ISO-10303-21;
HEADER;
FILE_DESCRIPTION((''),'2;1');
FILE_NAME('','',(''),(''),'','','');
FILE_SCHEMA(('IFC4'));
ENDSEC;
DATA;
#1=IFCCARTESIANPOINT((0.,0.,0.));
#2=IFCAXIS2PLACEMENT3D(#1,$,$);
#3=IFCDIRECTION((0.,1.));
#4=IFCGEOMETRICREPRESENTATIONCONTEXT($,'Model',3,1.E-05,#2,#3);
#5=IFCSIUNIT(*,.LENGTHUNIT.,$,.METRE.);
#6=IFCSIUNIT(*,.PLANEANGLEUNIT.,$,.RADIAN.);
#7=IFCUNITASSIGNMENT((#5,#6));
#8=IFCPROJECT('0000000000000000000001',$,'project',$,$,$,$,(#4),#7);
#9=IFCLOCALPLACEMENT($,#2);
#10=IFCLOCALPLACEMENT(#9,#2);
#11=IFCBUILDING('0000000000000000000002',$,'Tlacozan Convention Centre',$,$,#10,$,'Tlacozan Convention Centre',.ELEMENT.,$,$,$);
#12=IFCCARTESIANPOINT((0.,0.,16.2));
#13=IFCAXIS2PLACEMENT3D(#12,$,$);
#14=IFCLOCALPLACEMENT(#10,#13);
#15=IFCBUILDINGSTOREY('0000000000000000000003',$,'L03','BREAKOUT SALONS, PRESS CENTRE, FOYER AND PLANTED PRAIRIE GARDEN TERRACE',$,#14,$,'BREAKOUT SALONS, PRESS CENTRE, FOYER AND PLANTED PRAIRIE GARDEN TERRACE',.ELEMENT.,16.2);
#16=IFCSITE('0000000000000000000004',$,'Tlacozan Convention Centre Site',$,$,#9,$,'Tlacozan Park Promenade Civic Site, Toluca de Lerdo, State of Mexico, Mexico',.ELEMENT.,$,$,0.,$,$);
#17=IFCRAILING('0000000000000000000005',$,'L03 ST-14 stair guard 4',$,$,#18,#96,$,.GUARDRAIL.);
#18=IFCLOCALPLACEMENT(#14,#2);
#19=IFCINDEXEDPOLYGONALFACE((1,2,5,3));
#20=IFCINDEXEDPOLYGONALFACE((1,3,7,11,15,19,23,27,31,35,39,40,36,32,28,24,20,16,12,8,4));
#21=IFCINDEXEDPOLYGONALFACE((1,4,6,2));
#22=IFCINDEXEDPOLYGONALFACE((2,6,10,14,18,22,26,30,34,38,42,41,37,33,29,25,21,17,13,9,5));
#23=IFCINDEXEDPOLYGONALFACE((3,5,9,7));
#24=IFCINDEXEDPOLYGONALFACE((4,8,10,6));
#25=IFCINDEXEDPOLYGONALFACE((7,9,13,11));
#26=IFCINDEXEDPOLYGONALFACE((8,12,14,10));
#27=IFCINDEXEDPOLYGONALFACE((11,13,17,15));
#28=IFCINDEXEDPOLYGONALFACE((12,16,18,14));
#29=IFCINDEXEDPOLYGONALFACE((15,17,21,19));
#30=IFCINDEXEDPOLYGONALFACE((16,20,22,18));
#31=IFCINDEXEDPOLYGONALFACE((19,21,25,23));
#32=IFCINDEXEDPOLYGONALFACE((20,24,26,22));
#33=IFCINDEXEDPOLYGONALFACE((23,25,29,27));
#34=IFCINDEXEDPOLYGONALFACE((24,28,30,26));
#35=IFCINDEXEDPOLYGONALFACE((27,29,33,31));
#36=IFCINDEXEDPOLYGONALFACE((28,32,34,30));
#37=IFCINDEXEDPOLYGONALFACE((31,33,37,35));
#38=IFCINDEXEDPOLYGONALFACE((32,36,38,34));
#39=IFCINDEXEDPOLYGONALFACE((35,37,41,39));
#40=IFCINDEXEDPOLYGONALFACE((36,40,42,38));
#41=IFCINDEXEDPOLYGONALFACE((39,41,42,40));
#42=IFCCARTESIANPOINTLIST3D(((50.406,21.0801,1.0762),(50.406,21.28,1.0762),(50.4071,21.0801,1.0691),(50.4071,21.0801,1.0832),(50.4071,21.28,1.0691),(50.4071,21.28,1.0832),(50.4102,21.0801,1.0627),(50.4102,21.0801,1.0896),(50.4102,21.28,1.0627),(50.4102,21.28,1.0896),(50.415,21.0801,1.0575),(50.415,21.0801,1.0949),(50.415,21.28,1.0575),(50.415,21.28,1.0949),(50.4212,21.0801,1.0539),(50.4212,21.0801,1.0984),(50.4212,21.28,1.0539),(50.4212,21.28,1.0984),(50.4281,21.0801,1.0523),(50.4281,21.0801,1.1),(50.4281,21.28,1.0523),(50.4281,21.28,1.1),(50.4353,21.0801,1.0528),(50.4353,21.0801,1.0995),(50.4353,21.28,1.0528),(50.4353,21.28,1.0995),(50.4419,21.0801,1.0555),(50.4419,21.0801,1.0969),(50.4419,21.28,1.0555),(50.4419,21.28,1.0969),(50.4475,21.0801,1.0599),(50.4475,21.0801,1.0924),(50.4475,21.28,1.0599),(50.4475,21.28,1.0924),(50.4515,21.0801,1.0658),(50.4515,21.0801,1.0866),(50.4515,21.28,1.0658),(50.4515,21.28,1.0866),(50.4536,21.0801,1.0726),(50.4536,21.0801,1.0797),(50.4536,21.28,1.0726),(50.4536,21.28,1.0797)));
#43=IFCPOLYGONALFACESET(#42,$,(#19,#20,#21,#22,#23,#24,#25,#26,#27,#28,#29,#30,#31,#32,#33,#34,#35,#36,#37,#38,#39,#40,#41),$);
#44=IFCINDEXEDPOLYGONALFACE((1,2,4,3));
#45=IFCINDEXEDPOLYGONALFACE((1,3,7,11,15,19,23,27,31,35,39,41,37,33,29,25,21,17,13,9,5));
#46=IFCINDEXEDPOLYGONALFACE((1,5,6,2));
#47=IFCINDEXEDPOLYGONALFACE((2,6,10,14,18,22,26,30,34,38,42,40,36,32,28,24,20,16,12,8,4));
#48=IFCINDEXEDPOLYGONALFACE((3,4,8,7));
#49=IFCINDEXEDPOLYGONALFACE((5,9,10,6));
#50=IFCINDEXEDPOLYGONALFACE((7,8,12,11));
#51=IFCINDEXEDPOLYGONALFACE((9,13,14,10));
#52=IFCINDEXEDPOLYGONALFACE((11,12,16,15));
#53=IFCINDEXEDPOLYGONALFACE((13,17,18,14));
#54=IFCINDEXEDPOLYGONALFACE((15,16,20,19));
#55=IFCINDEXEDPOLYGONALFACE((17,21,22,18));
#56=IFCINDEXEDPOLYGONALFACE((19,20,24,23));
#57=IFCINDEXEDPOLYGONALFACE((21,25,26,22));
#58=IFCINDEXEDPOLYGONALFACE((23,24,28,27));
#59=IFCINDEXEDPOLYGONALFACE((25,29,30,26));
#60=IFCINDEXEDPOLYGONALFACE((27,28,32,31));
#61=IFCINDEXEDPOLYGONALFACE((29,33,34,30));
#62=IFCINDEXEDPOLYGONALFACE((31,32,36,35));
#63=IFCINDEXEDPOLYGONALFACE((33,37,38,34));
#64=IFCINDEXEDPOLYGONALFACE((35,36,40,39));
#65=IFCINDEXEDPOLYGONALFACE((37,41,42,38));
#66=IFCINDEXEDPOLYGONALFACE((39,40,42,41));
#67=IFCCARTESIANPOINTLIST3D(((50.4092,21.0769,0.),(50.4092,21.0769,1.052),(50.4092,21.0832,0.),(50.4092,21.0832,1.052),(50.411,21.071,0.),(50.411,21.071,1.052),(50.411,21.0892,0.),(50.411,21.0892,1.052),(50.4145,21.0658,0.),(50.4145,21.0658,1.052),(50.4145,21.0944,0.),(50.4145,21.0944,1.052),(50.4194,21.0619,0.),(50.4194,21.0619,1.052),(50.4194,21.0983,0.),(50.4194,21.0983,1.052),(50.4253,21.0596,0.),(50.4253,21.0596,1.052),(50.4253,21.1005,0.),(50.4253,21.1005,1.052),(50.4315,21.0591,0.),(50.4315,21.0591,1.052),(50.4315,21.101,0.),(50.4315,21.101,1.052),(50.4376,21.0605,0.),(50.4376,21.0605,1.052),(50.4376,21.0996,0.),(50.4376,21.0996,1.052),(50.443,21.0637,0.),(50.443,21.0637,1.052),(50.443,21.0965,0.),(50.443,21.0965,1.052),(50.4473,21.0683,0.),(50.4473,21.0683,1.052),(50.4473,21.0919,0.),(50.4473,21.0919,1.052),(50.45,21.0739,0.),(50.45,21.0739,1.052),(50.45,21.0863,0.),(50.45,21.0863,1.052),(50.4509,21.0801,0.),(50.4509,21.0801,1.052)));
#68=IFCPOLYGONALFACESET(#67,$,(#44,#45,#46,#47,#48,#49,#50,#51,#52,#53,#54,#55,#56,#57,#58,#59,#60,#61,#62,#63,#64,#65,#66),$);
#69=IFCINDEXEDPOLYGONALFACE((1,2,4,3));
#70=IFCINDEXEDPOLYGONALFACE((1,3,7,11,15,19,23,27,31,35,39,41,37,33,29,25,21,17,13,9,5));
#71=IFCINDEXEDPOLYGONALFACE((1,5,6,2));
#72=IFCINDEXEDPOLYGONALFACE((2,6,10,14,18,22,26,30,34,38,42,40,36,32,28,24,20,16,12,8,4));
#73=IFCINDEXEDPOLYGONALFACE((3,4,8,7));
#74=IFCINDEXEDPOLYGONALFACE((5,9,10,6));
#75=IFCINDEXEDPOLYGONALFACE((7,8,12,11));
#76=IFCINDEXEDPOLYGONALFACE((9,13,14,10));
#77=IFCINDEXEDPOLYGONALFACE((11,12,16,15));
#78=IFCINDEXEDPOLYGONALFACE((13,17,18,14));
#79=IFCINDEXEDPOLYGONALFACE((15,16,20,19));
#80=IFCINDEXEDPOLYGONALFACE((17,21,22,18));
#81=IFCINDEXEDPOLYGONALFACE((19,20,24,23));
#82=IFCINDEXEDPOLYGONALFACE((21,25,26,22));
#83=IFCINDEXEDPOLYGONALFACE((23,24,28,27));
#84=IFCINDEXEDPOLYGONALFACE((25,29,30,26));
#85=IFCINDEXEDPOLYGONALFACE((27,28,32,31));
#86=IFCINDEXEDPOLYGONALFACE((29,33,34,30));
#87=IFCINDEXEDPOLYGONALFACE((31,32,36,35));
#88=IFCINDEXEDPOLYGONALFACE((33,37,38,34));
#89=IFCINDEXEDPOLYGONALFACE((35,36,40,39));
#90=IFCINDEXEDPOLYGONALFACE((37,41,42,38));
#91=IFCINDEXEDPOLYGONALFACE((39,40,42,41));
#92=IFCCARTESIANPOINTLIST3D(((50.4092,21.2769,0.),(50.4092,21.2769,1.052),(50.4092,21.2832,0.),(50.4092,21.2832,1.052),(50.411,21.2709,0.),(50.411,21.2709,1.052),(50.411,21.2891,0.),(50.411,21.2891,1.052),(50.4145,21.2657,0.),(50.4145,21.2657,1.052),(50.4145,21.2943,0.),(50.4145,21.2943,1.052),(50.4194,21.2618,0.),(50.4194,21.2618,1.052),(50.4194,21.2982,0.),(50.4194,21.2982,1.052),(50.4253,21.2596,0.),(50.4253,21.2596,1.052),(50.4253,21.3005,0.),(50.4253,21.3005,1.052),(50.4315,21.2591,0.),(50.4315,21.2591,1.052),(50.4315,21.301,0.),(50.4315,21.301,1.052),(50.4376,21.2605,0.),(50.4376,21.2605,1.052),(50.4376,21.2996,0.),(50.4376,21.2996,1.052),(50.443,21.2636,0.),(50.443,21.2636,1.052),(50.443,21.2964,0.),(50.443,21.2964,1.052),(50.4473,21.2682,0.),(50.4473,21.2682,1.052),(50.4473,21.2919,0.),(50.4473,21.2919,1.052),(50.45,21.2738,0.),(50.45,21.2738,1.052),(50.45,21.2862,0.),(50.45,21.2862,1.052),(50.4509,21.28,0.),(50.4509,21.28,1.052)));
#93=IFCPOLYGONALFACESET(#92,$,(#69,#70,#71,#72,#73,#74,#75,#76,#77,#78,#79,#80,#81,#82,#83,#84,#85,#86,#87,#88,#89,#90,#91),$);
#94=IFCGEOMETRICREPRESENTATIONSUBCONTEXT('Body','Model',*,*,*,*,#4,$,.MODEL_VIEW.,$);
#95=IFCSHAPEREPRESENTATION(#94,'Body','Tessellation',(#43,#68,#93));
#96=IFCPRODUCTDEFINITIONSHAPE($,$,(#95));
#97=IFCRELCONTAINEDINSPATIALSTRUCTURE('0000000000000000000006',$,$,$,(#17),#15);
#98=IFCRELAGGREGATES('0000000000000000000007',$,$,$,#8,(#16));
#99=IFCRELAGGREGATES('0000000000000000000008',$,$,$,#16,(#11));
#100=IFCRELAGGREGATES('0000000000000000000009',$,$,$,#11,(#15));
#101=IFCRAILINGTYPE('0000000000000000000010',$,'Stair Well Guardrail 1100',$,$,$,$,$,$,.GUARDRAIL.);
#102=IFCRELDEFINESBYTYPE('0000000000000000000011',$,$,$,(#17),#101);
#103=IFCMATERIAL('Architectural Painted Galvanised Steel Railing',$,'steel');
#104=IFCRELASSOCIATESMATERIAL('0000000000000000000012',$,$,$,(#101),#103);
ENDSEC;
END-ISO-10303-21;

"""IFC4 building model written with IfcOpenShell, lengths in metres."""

from ifc_helpers import new_model, si_unit, direction, frame, origin, origin_2d, place, context, subcontext, project, spatial, circle, extrude, material, type_object, element, save


model = new_model("IFC4")

# Units and contexts
model_context = context("Model", 3, precision=1e-05, world=origin(), true_north=direction((0.0, 1.0)))
body_context = subcontext(model_context, "Body", "Model", "MODEL_VIEW")
ifc_project = project(units=[si_unit("LENGTHUNIT", "METRE"), si_unit("PLANEANGLEUNIT", "RADIAN")], contexts=[model_context])

# Site, building, storey
site_placement = place(None, origin())
site = spatial("IfcSite", under=ifc_project, at=site_placement, Name="Tlacozan Convention Centre Site", LongName="Tlacozan Park Promenade Civic Site, Toluca de Lerdo, State of Mexico, Mexico", CompositionType="ELEMENT", RefElevation=0.0)
building_placement = place(site_placement, origin())
building = spatial("IfcBuilding", under=site, at=building_placement, Name="Tlacozan Convention Centre", LongName="Tlacozan Convention Centre", CompositionType="ELEMENT")
storey_placement = place(building_placement, frame((0.0, 0.0, 16.2)))
storey = spatial("IfcBuildingStorey", under=building, at=storey_placement, Name="L03", Description="BREAKOUT SALONS, PRESS CENTRE, FOYER AND PLANTED PRAIRIE GARDEN TERRACE", LongName="BREAKOUT SALONS, PRESS CENTRE, FOYER AND PLANTED PRAIRIE GARDEN TERRACE", CompositionType="ELEMENT", Elevation=16.2)

# Railing
ifc_material_1 = material(Name="Architectural Painted Galvanised Steel Railing", Category="steel")
railing_type_1 = type_object("IfcRailingType", Name="Stair Well Guardrail 1100", PredefinedType="GUARDRAIL", material=ifc_material_1)
railing_1_placement = place(storey_placement, frame((50.4299, 21.0801, 0.0)))
element("IfcRailing", 1, at=railing_1_placement, inside=storey, type_object=railing_type_1, Name="L03 ST-14 stair guard 4", PredefinedType="GUARDRAIL", context=body_context, shape_type="SweptSolid", body=[
    extrude(circle(Radius=0.0239, at=origin_2d()), frame((0.0, 0.0, 1.0762), z_axis=(0.0, 1.0, 0.0), x_axis=(-1.0, 0.0, 0.0)), (0.0, 0.0, 1.0), 0.2),
    extrude(circle(Radius=0.021, at=origin_2d()), origin(), (0.0, 0.0, 1.0), 1.052),
    extrude(circle(Radius=0.021, at=origin_2d()), frame((0.0, 0.2, 0.0)), (0.0, 0.0, 1.0), 1.052),
])

save(model, "model.ifc")
